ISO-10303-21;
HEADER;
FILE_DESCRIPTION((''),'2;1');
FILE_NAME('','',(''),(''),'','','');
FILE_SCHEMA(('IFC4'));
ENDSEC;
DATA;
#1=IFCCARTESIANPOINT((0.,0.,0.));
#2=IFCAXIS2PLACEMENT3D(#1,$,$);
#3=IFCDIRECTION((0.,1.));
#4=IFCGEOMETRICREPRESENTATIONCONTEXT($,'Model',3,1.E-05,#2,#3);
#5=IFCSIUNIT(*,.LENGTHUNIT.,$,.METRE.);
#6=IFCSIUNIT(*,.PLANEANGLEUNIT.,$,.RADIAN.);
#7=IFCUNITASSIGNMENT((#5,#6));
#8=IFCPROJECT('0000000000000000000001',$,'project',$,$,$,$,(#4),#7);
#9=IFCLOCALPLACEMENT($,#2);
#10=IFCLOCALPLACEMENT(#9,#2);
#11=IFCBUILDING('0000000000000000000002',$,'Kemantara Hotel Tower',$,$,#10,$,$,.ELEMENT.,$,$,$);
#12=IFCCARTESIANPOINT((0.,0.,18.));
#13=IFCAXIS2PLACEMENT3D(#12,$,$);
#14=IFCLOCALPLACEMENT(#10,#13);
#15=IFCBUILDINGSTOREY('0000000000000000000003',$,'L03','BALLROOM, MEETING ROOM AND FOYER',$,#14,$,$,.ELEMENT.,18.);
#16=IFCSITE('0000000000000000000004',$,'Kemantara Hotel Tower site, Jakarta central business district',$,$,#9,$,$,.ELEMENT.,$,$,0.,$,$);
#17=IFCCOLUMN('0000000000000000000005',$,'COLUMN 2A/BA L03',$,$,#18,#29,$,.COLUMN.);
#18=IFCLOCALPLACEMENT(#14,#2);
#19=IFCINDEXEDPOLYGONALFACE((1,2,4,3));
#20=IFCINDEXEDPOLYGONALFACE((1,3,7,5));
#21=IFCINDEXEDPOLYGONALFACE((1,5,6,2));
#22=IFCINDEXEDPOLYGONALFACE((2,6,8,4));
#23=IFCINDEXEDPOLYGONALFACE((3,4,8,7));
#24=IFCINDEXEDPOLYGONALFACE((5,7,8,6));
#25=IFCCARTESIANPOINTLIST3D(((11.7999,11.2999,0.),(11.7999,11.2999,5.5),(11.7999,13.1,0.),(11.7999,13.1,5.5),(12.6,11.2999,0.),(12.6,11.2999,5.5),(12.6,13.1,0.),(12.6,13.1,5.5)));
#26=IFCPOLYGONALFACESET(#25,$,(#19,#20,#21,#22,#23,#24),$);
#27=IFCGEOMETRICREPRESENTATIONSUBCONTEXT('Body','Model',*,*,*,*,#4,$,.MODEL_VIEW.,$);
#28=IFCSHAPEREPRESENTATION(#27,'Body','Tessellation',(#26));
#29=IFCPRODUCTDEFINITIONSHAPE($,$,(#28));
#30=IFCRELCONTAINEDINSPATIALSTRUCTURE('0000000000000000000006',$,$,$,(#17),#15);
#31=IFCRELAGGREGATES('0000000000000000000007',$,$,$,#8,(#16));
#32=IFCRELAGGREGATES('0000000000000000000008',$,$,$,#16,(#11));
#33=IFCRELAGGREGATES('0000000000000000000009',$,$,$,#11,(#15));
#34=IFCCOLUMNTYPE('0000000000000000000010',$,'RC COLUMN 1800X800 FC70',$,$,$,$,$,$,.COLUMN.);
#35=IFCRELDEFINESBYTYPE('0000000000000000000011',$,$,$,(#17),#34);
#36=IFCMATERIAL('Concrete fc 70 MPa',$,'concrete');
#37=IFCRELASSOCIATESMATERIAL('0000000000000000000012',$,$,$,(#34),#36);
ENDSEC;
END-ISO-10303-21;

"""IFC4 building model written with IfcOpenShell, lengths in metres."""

from ifc_helpers import new_model, si_unit, direction, frame, origin, origin_2d, place, context, subcontext, project, spatial, rectangle, extrude, material, material_profile, profile_set, type_object, element, save


model = new_model("IFC4")

# Units and contexts
model_context = context("Model", 3, precision=1e-05, world=origin(), true_north=direction((0.0, 1.0)))
body_context = subcontext(model_context, "Body", "Model", "MODEL_VIEW")
ifc_project = project(units=[si_unit("LENGTHUNIT", "METRE"), si_unit("PLANEANGLEUNIT", "RADIAN")], contexts=[model_context])

# Site, building, storey
site_placement = place(None, origin())
site = spatial("IfcSite", under=ifc_project, at=site_placement, Name="Kemantara Hotel Tower site, Jakarta central business district", CompositionType="ELEMENT", RefElevation=0.0)
building_placement = place(site_placement, origin())
building = spatial("IfcBuilding", under=site, at=building_placement, Name="Kemantara Hotel Tower", CompositionType="ELEMENT")
storey_placement = place(building_placement, frame((0.0, 0.0, 18.0)))
storey = spatial("IfcBuildingStorey", under=building, at=storey_placement, Name="L03", Description="BALLROOM, MEETING ROOM AND FOYER", CompositionType="ELEMENT", Elevation=18.0)

# Column
ifc_material_1 = material(Name="Concrete fc 70 MPa", Category="concrete")
ifc_material_profile = material_profile(ifc_material_1, rectangle(XDim=1.8, YDim=0.8, at=origin_2d()), Name="RC 1800X800")
ifc_profile_set = profile_set([ifc_material_profile], Name="Concrete fc 70 MPa")
column_type = type_object("IfcColumnType", Name="RC COLUMN 1800X800 FC70", PredefinedType="COLUMN", material=ifc_profile_set)
column_placement = place(storey_placement, frame((12.2, 12.2, 0.0), z_axis=(0.0, 0.0, 1.0), x_axis=(0.0, 1.0, 0.0)))
element("IfcColumn", 1, at=column_placement, inside=storey, type_object=column_type, Name="COLUMN 2A/BA L03", PredefinedType="COLUMN", context=body_context, shape_type="SweptSolid", body=[
    extrude(rectangle(XDim=1.8, YDim=0.8, at=origin_2d()), origin(), (0.0, 0.0, 1.0), 5.5),
])

save(model, "model.ifc")
